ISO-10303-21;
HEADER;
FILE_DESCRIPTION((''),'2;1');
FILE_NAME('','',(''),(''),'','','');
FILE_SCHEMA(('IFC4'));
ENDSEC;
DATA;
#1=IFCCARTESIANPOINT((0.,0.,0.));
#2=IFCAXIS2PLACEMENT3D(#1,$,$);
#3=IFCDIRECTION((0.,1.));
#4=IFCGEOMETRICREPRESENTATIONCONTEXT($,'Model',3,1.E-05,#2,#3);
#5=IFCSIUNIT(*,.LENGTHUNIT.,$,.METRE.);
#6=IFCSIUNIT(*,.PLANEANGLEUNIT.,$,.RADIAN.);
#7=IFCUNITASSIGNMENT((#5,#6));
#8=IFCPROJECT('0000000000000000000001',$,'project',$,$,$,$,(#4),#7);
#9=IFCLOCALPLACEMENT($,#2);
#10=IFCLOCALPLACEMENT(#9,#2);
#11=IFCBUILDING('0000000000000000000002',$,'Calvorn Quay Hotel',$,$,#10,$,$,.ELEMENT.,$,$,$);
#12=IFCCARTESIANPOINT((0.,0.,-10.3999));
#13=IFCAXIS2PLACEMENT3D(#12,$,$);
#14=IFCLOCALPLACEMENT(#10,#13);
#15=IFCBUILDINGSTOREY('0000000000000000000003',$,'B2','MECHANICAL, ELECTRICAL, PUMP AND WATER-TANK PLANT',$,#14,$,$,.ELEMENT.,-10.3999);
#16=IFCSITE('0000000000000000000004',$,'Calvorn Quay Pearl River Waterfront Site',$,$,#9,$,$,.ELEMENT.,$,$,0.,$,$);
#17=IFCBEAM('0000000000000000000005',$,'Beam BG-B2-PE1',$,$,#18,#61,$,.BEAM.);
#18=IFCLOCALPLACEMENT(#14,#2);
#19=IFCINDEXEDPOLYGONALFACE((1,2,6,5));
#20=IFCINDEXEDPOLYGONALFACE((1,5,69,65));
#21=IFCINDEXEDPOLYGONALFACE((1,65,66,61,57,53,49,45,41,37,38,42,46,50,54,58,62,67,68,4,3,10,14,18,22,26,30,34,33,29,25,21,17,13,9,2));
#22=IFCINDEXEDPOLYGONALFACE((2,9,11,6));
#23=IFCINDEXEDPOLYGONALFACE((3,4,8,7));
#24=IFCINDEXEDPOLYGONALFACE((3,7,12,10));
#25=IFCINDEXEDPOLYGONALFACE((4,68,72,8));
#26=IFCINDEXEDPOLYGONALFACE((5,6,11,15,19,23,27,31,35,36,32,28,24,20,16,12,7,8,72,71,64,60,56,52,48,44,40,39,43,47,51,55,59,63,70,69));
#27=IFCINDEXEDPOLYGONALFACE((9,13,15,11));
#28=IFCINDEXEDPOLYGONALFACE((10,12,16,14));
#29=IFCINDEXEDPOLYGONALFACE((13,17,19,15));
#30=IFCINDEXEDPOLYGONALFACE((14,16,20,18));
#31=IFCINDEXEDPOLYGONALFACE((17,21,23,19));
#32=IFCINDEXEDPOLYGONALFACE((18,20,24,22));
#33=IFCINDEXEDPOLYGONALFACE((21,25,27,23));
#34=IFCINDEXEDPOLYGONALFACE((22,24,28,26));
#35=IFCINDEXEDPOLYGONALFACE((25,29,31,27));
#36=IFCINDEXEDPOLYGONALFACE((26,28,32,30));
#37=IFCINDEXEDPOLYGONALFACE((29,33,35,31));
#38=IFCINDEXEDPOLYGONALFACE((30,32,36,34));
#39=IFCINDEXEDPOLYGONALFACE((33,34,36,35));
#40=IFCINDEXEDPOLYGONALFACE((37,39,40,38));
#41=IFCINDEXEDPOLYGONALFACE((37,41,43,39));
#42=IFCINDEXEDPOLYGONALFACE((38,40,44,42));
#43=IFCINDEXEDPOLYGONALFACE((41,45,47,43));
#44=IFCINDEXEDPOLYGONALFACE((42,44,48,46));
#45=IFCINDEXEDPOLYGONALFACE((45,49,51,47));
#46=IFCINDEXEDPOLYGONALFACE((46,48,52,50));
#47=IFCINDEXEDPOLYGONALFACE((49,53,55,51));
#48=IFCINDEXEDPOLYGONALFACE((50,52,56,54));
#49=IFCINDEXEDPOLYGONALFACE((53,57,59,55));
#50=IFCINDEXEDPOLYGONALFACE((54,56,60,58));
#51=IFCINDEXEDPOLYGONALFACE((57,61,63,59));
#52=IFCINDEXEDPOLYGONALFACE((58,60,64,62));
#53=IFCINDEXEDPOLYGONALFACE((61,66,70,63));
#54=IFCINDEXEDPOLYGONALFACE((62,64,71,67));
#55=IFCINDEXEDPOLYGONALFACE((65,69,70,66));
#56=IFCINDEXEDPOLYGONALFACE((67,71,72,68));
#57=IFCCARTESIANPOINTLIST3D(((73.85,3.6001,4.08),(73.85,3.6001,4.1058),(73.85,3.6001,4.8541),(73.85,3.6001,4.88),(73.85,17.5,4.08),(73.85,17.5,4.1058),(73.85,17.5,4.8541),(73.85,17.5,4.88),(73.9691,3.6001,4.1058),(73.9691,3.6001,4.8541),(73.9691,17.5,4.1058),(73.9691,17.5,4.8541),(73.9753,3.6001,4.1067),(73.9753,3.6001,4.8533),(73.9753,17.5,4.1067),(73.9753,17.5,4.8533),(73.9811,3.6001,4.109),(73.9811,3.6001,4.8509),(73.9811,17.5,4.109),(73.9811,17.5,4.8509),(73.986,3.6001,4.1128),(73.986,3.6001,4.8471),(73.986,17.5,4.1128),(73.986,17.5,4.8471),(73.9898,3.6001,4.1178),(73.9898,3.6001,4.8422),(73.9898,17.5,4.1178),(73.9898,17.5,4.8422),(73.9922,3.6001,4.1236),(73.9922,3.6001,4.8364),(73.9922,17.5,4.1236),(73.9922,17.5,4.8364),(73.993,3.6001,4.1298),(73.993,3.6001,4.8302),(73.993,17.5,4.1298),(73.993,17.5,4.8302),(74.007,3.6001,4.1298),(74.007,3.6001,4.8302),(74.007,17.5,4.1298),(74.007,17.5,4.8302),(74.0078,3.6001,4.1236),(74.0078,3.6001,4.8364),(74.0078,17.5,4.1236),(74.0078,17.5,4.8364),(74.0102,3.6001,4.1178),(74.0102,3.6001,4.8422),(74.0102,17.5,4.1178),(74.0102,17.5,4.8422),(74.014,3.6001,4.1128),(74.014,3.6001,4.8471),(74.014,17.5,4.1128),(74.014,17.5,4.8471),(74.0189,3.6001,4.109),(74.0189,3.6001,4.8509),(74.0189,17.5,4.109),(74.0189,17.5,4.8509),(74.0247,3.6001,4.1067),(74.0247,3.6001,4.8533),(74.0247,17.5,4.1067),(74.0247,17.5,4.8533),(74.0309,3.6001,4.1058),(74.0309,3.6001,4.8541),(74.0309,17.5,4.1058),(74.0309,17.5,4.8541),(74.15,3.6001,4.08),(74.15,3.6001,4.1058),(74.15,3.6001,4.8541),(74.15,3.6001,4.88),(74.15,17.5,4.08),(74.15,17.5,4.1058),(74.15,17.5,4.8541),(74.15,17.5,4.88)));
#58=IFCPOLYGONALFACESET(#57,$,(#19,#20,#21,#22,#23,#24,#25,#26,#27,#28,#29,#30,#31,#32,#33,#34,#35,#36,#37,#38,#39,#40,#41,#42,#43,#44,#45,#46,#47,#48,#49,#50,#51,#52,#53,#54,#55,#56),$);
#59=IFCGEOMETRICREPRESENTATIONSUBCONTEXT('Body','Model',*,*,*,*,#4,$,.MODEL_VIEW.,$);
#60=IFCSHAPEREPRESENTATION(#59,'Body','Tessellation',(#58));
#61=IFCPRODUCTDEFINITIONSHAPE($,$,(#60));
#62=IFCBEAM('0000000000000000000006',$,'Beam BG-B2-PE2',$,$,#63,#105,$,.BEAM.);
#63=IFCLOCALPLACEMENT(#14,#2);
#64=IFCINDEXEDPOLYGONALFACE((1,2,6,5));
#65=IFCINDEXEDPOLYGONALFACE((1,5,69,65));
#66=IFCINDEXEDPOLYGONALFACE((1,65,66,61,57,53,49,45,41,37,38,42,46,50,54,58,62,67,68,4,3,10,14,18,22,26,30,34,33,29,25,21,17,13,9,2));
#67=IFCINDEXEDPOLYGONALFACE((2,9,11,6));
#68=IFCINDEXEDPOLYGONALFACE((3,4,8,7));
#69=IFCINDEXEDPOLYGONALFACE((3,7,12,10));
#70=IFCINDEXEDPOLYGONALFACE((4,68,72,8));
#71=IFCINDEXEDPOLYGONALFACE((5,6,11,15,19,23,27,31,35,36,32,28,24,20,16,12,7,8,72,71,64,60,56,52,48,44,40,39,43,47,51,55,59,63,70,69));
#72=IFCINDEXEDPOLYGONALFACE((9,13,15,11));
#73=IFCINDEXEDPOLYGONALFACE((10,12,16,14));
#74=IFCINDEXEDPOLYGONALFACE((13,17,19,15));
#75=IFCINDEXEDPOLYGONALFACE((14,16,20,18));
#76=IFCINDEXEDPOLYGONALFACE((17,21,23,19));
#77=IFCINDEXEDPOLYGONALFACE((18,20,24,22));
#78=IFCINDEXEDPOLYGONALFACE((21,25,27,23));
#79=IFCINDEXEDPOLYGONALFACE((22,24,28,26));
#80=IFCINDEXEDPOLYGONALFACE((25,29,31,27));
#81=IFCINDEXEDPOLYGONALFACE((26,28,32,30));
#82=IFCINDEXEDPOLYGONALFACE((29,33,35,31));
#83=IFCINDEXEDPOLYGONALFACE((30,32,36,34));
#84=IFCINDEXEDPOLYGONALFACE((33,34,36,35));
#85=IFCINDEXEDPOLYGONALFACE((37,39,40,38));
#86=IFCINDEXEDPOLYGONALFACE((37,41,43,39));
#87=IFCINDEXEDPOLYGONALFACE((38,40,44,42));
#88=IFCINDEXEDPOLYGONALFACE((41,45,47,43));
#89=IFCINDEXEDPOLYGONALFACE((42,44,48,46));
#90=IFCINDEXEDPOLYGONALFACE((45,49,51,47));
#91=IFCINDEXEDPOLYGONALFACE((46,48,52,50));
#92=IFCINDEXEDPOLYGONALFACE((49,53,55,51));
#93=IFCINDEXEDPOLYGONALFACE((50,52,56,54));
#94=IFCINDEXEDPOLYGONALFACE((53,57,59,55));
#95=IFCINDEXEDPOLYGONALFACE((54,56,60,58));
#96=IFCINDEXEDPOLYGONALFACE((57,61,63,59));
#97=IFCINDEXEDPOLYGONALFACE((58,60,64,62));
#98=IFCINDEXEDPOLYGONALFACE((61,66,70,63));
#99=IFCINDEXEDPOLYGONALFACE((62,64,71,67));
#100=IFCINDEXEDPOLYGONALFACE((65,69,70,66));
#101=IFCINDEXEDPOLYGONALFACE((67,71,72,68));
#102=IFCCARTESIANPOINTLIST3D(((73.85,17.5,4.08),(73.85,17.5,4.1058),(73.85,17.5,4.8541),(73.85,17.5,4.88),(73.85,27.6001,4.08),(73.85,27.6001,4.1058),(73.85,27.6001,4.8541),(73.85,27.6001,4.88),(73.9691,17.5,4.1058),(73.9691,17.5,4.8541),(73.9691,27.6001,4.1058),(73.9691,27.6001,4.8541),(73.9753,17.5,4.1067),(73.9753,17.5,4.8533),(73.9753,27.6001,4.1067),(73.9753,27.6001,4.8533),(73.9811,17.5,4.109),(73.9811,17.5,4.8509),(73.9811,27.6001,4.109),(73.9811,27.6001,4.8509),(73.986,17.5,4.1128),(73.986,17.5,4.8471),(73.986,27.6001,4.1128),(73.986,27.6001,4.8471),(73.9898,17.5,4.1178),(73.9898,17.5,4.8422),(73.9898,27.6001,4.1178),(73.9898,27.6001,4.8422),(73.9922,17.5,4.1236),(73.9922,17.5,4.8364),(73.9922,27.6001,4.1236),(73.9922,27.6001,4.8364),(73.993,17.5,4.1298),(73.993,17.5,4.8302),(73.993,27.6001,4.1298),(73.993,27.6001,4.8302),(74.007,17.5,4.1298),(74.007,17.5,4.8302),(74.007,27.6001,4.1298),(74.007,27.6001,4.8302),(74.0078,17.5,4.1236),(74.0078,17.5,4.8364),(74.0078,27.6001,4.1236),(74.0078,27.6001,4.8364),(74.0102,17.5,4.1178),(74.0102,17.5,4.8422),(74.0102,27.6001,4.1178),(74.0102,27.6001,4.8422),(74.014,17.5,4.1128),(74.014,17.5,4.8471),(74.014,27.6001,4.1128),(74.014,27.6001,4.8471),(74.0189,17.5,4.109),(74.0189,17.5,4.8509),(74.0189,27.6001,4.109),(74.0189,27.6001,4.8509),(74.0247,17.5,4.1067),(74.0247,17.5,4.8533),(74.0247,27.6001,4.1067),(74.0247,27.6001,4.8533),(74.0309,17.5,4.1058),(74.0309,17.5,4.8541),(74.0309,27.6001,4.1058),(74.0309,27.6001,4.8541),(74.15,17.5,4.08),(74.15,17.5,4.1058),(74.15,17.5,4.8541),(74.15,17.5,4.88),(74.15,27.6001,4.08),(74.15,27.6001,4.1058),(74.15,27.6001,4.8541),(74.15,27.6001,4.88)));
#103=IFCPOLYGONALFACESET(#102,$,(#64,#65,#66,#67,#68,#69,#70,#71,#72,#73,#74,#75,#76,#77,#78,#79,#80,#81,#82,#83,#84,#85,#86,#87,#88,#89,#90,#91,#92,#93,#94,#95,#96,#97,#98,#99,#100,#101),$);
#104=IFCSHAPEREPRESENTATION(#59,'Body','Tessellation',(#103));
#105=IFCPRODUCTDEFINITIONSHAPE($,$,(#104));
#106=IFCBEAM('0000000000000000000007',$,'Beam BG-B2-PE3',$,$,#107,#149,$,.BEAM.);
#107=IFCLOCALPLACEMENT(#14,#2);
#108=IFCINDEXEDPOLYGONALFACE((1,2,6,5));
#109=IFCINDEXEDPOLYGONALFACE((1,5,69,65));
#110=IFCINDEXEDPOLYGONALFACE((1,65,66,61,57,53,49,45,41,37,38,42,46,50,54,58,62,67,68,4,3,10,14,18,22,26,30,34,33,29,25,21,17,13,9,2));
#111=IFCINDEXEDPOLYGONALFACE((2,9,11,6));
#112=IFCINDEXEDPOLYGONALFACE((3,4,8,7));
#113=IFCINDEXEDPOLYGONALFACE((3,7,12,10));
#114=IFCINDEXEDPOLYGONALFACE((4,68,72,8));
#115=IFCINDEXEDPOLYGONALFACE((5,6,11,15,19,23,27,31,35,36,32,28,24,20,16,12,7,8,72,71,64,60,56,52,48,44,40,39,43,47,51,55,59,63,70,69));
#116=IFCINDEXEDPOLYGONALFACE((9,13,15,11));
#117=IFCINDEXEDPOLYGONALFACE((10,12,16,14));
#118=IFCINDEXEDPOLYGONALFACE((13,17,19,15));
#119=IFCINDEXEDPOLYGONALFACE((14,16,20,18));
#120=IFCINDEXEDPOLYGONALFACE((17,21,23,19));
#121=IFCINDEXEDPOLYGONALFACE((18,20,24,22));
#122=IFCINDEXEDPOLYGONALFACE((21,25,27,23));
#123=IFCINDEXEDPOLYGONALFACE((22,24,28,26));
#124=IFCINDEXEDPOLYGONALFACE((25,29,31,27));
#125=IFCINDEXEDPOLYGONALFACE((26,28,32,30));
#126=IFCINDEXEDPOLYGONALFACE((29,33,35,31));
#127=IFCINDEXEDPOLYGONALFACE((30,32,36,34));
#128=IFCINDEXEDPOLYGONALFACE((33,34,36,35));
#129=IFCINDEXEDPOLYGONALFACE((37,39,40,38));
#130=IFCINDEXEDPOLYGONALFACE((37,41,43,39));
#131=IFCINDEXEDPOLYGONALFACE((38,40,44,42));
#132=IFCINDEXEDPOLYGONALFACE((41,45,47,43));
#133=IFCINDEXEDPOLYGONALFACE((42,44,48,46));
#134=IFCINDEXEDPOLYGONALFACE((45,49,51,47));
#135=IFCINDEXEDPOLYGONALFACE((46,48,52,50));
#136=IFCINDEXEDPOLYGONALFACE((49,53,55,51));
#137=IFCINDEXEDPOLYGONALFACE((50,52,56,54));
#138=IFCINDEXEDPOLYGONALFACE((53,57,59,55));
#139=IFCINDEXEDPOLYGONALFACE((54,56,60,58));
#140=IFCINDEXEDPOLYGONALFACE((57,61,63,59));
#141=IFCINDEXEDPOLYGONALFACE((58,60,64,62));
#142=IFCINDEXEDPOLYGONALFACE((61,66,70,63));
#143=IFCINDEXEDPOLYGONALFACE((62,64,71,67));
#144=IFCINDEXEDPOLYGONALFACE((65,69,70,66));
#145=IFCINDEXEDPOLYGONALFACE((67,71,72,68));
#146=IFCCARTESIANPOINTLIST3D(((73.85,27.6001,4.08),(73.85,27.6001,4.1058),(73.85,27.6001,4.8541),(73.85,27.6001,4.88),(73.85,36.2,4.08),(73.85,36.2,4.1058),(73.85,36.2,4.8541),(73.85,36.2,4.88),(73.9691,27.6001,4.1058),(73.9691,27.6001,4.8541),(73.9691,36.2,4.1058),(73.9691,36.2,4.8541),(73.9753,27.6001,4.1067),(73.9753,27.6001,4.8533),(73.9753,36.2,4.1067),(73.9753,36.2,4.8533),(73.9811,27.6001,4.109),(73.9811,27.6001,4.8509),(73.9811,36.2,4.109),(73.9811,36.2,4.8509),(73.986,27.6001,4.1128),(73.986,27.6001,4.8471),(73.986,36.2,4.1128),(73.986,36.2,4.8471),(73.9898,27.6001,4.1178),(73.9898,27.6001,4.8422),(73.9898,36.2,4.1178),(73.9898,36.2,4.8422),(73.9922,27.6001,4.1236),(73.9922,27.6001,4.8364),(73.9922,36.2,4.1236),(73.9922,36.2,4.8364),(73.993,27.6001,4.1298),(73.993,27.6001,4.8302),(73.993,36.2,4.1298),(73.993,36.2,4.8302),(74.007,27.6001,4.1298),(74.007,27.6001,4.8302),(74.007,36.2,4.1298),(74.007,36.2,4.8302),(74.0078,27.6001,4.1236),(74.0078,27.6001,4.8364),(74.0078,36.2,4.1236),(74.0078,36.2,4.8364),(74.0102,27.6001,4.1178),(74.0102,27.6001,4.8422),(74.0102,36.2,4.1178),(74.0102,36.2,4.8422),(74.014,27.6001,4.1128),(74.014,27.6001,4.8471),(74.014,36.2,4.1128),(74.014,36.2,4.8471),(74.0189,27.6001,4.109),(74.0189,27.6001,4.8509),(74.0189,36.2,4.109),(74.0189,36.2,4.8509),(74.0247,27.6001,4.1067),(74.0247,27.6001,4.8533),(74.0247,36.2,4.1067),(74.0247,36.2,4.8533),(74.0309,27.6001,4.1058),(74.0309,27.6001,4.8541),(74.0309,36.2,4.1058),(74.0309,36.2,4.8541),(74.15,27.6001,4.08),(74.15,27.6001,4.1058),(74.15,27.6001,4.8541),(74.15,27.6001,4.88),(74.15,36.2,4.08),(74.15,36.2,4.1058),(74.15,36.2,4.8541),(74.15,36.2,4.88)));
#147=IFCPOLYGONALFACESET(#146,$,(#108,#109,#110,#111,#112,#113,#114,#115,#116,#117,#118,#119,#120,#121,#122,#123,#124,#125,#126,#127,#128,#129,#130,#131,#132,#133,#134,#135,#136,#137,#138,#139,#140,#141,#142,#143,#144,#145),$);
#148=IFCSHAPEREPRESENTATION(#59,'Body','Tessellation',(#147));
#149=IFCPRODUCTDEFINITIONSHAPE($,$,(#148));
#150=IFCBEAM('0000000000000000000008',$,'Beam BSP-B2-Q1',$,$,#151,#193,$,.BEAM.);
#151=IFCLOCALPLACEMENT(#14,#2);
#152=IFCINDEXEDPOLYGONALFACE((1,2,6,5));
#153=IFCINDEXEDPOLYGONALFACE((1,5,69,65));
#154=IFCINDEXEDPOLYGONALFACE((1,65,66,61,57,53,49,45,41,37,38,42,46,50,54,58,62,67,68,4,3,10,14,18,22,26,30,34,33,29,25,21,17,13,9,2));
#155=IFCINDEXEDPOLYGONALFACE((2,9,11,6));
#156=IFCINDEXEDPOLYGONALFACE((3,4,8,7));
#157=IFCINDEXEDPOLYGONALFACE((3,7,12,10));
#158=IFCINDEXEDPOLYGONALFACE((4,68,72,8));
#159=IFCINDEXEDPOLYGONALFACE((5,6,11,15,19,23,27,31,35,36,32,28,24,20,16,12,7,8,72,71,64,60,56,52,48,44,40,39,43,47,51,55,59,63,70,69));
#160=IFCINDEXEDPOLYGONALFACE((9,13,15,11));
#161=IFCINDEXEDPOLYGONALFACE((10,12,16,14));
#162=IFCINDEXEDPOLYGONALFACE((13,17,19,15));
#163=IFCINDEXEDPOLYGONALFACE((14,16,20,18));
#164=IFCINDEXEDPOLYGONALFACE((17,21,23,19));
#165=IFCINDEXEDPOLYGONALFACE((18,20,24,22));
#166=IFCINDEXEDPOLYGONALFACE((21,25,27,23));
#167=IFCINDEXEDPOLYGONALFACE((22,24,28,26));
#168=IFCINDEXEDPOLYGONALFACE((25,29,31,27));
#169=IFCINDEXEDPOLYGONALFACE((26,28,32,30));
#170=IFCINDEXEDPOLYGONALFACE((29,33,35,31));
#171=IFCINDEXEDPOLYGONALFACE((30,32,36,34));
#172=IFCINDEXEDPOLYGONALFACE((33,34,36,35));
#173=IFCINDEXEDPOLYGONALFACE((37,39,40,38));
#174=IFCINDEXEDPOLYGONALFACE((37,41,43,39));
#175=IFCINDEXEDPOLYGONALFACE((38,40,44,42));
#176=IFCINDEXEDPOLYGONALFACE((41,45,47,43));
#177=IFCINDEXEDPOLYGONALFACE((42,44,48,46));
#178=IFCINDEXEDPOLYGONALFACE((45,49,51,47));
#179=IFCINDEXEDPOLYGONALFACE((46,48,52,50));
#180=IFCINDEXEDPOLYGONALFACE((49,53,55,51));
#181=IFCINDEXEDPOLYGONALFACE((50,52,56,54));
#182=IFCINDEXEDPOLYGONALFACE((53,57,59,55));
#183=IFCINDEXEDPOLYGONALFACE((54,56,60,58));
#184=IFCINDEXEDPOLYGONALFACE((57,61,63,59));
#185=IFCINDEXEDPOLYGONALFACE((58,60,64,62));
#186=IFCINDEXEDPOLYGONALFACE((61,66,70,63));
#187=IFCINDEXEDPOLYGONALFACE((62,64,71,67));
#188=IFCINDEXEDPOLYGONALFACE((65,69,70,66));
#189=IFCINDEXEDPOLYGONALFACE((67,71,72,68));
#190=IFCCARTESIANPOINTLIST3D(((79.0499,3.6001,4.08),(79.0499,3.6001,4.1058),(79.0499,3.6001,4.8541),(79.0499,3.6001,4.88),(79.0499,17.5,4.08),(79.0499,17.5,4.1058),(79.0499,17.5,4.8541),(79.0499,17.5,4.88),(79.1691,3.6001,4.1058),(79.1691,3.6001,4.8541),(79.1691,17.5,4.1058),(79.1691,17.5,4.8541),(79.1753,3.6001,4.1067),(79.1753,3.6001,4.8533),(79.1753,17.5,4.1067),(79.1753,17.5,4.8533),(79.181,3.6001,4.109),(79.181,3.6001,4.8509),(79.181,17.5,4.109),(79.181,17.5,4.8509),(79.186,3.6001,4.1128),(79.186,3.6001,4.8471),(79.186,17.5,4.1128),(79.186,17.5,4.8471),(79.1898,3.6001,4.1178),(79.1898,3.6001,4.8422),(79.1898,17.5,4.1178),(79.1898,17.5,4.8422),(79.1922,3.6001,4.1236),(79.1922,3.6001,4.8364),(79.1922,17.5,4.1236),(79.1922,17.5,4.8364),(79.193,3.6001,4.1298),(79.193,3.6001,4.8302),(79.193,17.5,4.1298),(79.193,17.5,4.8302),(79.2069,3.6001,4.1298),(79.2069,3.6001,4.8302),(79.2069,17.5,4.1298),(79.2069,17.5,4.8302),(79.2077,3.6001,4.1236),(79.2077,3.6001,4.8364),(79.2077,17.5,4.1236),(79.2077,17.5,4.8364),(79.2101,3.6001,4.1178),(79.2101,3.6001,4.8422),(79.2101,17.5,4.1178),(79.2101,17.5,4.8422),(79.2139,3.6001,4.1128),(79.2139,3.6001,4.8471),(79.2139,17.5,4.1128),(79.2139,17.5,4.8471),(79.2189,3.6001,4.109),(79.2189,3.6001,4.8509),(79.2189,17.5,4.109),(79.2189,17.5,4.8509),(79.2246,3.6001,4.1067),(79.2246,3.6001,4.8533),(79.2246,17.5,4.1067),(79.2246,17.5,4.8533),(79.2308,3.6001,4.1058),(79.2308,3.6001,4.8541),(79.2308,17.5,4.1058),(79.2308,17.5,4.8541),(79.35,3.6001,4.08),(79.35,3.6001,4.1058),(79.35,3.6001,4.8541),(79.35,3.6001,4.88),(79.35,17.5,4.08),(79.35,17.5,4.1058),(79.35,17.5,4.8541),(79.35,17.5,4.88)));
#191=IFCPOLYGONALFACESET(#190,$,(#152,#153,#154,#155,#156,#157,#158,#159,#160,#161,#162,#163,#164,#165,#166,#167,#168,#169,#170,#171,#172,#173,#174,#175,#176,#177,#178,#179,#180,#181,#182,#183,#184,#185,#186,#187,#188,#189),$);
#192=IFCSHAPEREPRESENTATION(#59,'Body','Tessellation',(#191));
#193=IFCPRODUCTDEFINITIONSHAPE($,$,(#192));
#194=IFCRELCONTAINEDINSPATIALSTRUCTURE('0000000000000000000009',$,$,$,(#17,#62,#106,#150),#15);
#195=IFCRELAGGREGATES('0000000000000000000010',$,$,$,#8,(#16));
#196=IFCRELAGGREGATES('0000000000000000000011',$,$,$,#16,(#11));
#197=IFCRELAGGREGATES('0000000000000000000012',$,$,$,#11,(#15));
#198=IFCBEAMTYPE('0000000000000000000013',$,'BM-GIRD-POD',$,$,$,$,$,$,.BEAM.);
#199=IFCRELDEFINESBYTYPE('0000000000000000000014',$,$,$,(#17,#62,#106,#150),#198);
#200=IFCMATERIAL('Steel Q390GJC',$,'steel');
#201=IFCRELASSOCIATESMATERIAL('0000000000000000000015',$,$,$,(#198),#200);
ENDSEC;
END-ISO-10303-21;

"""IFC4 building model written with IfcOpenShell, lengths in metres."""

from ifc_helpers import new_model, si_unit, direction, frame, origin, origin_2d, place, context, subcontext, project, spatial, i_section, extrude, material, material_profile, profile_set, type_object, element, save


model = new_model("IFC4")

# Units and contexts
model_context = context("Model", 3, precision=1e-05, world=origin(), true_north=direction((0.0, 1.0)))
body_context = subcontext(model_context, "Body", "Model", "MODEL_VIEW")
ifc_project = project(units=[si_unit("LENGTHUNIT", "METRE"), si_unit("PLANEANGLEUNIT", "RADIAN")], contexts=[model_context])

# Site, building, storey
site_placement = place(None, origin())
site = spatial("IfcSite", under=ifc_project, at=site_placement, Name="Calvorn Quay Pearl River Waterfront Site", CompositionType="ELEMENT", RefElevation=0.0)
building_placement = place(site_placement, origin())
building = spatial("IfcBuilding", under=site, at=building_placement, Name="Calvorn Quay Hotel", CompositionType="ELEMENT")
storey_placement = place(building_placement, frame((0.0, 0.0, -10.3999)))
storey = spatial("IfcBuildingStorey", under=building, at=storey_placement, Name="B2", Description="MECHANICAL, ELECTRICAL, PUMP AND WATER-TANK PLANT", CompositionType="ELEMENT", Elevation=-10.3999)

# Beams
ifc_material_1 = material(Name="Steel Q390GJC", Category="steel")
ifc_material_profile_1 = material_profile(ifc_material_1, i_section(OverallWidth=0.3, OverallDepth=0.8, WebThickness=0.0139, FlangeThickness=0.0259, FilletRadius=0.0239, at=origin_2d()), Name="HN800x300x14x26")
ifc_profile_set_1 = profile_set([ifc_material_profile_1], Name="Steel Q390GJC")
beam_type = type_object("IfcBeamType", Name="BM-GIRD-POD", PredefinedType="BEAM", material=ifc_profile_set_1)
beam_1_placement = place(storey_placement, frame((74.0, 3.6001, 4.48), z_axis=(0.0, 1.0, 0.0), x_axis=(-1.0, 0.0, 0.0)))
element("IfcBeam", 1, at=beam_1_placement, inside=storey, type_object=beam_type, Name="Beam BG-B2-PE1", PredefinedType="BEAM", context=body_context, shape_type="SweptSolid", body=[
    extrude(i_section(OverallWidth=0.3, OverallDepth=0.8, WebThickness=0.0139, FlangeThickness=0.0259, FilletRadius=0.0239, at=origin_2d()), origin(), (0.0, 0.0, 1.0), 13.8999),
])
beam_2_placement = place(storey_placement, frame((74.0, 17.5, 4.48), z_axis=(0.0, 1.0, 0.0), x_axis=(-1.0, 0.0, 0.0)))
element("IfcBeam", 2, at=beam_2_placement, inside=storey, type_object=beam_type, Name="Beam BG-B2-PE2", PredefinedType="BEAM", context=body_context, shape_type="SweptSolid", body=[
    extrude(i_section(OverallWidth=0.3, OverallDepth=0.8, WebThickness=0.0139, FlangeThickness=0.0259, FilletRadius=0.0239, at=origin_2d()), origin(), (0.0, 0.0, 1.0), 10.1001),
])
beam_3_placement = place(storey_placement, frame((74.0, 27.6001, 4.48), z_axis=(0.0, 1.0, 0.0), x_axis=(-1.0, 0.0, 0.0)))
element("IfcBeam", 3, at=beam_3_placement, inside=storey, type_object=beam_type, Name="Beam BG-B2-PE3", PredefinedType="BEAM", context=body_context, shape_type="SweptSolid", body=[
    extrude(i_section(OverallWidth=0.3, OverallDepth=0.8, WebThickness=0.0139, FlangeThickness=0.0259, FilletRadius=0.0239, at=origin_2d()), origin(), (0.0, 0.0, 1.0), 8.5999),
])
beam_4_placement = place(storey_placement, frame((79.2, 3.6001, 4.48), z_axis=(0.0, 1.0, 0.0), x_axis=(-1.0, 0.0, 0.0)))
element("IfcBeam", 4, at=beam_4_placement, inside=storey, type_object=beam_type, Name="Beam BSP-B2-Q1", PredefinedType="BEAM", context=body_context, shape_type="SweptSolid", body=[
    extrude(i_section(OverallWidth=0.3, OverallDepth=0.8, WebThickness=0.0139, FlangeThickness=0.0259, FilletRadius=0.0239, at=origin_2d()), origin(), (0.0, 0.0, 1.0), 13.8999),
])

save(model, "model.ifc")
